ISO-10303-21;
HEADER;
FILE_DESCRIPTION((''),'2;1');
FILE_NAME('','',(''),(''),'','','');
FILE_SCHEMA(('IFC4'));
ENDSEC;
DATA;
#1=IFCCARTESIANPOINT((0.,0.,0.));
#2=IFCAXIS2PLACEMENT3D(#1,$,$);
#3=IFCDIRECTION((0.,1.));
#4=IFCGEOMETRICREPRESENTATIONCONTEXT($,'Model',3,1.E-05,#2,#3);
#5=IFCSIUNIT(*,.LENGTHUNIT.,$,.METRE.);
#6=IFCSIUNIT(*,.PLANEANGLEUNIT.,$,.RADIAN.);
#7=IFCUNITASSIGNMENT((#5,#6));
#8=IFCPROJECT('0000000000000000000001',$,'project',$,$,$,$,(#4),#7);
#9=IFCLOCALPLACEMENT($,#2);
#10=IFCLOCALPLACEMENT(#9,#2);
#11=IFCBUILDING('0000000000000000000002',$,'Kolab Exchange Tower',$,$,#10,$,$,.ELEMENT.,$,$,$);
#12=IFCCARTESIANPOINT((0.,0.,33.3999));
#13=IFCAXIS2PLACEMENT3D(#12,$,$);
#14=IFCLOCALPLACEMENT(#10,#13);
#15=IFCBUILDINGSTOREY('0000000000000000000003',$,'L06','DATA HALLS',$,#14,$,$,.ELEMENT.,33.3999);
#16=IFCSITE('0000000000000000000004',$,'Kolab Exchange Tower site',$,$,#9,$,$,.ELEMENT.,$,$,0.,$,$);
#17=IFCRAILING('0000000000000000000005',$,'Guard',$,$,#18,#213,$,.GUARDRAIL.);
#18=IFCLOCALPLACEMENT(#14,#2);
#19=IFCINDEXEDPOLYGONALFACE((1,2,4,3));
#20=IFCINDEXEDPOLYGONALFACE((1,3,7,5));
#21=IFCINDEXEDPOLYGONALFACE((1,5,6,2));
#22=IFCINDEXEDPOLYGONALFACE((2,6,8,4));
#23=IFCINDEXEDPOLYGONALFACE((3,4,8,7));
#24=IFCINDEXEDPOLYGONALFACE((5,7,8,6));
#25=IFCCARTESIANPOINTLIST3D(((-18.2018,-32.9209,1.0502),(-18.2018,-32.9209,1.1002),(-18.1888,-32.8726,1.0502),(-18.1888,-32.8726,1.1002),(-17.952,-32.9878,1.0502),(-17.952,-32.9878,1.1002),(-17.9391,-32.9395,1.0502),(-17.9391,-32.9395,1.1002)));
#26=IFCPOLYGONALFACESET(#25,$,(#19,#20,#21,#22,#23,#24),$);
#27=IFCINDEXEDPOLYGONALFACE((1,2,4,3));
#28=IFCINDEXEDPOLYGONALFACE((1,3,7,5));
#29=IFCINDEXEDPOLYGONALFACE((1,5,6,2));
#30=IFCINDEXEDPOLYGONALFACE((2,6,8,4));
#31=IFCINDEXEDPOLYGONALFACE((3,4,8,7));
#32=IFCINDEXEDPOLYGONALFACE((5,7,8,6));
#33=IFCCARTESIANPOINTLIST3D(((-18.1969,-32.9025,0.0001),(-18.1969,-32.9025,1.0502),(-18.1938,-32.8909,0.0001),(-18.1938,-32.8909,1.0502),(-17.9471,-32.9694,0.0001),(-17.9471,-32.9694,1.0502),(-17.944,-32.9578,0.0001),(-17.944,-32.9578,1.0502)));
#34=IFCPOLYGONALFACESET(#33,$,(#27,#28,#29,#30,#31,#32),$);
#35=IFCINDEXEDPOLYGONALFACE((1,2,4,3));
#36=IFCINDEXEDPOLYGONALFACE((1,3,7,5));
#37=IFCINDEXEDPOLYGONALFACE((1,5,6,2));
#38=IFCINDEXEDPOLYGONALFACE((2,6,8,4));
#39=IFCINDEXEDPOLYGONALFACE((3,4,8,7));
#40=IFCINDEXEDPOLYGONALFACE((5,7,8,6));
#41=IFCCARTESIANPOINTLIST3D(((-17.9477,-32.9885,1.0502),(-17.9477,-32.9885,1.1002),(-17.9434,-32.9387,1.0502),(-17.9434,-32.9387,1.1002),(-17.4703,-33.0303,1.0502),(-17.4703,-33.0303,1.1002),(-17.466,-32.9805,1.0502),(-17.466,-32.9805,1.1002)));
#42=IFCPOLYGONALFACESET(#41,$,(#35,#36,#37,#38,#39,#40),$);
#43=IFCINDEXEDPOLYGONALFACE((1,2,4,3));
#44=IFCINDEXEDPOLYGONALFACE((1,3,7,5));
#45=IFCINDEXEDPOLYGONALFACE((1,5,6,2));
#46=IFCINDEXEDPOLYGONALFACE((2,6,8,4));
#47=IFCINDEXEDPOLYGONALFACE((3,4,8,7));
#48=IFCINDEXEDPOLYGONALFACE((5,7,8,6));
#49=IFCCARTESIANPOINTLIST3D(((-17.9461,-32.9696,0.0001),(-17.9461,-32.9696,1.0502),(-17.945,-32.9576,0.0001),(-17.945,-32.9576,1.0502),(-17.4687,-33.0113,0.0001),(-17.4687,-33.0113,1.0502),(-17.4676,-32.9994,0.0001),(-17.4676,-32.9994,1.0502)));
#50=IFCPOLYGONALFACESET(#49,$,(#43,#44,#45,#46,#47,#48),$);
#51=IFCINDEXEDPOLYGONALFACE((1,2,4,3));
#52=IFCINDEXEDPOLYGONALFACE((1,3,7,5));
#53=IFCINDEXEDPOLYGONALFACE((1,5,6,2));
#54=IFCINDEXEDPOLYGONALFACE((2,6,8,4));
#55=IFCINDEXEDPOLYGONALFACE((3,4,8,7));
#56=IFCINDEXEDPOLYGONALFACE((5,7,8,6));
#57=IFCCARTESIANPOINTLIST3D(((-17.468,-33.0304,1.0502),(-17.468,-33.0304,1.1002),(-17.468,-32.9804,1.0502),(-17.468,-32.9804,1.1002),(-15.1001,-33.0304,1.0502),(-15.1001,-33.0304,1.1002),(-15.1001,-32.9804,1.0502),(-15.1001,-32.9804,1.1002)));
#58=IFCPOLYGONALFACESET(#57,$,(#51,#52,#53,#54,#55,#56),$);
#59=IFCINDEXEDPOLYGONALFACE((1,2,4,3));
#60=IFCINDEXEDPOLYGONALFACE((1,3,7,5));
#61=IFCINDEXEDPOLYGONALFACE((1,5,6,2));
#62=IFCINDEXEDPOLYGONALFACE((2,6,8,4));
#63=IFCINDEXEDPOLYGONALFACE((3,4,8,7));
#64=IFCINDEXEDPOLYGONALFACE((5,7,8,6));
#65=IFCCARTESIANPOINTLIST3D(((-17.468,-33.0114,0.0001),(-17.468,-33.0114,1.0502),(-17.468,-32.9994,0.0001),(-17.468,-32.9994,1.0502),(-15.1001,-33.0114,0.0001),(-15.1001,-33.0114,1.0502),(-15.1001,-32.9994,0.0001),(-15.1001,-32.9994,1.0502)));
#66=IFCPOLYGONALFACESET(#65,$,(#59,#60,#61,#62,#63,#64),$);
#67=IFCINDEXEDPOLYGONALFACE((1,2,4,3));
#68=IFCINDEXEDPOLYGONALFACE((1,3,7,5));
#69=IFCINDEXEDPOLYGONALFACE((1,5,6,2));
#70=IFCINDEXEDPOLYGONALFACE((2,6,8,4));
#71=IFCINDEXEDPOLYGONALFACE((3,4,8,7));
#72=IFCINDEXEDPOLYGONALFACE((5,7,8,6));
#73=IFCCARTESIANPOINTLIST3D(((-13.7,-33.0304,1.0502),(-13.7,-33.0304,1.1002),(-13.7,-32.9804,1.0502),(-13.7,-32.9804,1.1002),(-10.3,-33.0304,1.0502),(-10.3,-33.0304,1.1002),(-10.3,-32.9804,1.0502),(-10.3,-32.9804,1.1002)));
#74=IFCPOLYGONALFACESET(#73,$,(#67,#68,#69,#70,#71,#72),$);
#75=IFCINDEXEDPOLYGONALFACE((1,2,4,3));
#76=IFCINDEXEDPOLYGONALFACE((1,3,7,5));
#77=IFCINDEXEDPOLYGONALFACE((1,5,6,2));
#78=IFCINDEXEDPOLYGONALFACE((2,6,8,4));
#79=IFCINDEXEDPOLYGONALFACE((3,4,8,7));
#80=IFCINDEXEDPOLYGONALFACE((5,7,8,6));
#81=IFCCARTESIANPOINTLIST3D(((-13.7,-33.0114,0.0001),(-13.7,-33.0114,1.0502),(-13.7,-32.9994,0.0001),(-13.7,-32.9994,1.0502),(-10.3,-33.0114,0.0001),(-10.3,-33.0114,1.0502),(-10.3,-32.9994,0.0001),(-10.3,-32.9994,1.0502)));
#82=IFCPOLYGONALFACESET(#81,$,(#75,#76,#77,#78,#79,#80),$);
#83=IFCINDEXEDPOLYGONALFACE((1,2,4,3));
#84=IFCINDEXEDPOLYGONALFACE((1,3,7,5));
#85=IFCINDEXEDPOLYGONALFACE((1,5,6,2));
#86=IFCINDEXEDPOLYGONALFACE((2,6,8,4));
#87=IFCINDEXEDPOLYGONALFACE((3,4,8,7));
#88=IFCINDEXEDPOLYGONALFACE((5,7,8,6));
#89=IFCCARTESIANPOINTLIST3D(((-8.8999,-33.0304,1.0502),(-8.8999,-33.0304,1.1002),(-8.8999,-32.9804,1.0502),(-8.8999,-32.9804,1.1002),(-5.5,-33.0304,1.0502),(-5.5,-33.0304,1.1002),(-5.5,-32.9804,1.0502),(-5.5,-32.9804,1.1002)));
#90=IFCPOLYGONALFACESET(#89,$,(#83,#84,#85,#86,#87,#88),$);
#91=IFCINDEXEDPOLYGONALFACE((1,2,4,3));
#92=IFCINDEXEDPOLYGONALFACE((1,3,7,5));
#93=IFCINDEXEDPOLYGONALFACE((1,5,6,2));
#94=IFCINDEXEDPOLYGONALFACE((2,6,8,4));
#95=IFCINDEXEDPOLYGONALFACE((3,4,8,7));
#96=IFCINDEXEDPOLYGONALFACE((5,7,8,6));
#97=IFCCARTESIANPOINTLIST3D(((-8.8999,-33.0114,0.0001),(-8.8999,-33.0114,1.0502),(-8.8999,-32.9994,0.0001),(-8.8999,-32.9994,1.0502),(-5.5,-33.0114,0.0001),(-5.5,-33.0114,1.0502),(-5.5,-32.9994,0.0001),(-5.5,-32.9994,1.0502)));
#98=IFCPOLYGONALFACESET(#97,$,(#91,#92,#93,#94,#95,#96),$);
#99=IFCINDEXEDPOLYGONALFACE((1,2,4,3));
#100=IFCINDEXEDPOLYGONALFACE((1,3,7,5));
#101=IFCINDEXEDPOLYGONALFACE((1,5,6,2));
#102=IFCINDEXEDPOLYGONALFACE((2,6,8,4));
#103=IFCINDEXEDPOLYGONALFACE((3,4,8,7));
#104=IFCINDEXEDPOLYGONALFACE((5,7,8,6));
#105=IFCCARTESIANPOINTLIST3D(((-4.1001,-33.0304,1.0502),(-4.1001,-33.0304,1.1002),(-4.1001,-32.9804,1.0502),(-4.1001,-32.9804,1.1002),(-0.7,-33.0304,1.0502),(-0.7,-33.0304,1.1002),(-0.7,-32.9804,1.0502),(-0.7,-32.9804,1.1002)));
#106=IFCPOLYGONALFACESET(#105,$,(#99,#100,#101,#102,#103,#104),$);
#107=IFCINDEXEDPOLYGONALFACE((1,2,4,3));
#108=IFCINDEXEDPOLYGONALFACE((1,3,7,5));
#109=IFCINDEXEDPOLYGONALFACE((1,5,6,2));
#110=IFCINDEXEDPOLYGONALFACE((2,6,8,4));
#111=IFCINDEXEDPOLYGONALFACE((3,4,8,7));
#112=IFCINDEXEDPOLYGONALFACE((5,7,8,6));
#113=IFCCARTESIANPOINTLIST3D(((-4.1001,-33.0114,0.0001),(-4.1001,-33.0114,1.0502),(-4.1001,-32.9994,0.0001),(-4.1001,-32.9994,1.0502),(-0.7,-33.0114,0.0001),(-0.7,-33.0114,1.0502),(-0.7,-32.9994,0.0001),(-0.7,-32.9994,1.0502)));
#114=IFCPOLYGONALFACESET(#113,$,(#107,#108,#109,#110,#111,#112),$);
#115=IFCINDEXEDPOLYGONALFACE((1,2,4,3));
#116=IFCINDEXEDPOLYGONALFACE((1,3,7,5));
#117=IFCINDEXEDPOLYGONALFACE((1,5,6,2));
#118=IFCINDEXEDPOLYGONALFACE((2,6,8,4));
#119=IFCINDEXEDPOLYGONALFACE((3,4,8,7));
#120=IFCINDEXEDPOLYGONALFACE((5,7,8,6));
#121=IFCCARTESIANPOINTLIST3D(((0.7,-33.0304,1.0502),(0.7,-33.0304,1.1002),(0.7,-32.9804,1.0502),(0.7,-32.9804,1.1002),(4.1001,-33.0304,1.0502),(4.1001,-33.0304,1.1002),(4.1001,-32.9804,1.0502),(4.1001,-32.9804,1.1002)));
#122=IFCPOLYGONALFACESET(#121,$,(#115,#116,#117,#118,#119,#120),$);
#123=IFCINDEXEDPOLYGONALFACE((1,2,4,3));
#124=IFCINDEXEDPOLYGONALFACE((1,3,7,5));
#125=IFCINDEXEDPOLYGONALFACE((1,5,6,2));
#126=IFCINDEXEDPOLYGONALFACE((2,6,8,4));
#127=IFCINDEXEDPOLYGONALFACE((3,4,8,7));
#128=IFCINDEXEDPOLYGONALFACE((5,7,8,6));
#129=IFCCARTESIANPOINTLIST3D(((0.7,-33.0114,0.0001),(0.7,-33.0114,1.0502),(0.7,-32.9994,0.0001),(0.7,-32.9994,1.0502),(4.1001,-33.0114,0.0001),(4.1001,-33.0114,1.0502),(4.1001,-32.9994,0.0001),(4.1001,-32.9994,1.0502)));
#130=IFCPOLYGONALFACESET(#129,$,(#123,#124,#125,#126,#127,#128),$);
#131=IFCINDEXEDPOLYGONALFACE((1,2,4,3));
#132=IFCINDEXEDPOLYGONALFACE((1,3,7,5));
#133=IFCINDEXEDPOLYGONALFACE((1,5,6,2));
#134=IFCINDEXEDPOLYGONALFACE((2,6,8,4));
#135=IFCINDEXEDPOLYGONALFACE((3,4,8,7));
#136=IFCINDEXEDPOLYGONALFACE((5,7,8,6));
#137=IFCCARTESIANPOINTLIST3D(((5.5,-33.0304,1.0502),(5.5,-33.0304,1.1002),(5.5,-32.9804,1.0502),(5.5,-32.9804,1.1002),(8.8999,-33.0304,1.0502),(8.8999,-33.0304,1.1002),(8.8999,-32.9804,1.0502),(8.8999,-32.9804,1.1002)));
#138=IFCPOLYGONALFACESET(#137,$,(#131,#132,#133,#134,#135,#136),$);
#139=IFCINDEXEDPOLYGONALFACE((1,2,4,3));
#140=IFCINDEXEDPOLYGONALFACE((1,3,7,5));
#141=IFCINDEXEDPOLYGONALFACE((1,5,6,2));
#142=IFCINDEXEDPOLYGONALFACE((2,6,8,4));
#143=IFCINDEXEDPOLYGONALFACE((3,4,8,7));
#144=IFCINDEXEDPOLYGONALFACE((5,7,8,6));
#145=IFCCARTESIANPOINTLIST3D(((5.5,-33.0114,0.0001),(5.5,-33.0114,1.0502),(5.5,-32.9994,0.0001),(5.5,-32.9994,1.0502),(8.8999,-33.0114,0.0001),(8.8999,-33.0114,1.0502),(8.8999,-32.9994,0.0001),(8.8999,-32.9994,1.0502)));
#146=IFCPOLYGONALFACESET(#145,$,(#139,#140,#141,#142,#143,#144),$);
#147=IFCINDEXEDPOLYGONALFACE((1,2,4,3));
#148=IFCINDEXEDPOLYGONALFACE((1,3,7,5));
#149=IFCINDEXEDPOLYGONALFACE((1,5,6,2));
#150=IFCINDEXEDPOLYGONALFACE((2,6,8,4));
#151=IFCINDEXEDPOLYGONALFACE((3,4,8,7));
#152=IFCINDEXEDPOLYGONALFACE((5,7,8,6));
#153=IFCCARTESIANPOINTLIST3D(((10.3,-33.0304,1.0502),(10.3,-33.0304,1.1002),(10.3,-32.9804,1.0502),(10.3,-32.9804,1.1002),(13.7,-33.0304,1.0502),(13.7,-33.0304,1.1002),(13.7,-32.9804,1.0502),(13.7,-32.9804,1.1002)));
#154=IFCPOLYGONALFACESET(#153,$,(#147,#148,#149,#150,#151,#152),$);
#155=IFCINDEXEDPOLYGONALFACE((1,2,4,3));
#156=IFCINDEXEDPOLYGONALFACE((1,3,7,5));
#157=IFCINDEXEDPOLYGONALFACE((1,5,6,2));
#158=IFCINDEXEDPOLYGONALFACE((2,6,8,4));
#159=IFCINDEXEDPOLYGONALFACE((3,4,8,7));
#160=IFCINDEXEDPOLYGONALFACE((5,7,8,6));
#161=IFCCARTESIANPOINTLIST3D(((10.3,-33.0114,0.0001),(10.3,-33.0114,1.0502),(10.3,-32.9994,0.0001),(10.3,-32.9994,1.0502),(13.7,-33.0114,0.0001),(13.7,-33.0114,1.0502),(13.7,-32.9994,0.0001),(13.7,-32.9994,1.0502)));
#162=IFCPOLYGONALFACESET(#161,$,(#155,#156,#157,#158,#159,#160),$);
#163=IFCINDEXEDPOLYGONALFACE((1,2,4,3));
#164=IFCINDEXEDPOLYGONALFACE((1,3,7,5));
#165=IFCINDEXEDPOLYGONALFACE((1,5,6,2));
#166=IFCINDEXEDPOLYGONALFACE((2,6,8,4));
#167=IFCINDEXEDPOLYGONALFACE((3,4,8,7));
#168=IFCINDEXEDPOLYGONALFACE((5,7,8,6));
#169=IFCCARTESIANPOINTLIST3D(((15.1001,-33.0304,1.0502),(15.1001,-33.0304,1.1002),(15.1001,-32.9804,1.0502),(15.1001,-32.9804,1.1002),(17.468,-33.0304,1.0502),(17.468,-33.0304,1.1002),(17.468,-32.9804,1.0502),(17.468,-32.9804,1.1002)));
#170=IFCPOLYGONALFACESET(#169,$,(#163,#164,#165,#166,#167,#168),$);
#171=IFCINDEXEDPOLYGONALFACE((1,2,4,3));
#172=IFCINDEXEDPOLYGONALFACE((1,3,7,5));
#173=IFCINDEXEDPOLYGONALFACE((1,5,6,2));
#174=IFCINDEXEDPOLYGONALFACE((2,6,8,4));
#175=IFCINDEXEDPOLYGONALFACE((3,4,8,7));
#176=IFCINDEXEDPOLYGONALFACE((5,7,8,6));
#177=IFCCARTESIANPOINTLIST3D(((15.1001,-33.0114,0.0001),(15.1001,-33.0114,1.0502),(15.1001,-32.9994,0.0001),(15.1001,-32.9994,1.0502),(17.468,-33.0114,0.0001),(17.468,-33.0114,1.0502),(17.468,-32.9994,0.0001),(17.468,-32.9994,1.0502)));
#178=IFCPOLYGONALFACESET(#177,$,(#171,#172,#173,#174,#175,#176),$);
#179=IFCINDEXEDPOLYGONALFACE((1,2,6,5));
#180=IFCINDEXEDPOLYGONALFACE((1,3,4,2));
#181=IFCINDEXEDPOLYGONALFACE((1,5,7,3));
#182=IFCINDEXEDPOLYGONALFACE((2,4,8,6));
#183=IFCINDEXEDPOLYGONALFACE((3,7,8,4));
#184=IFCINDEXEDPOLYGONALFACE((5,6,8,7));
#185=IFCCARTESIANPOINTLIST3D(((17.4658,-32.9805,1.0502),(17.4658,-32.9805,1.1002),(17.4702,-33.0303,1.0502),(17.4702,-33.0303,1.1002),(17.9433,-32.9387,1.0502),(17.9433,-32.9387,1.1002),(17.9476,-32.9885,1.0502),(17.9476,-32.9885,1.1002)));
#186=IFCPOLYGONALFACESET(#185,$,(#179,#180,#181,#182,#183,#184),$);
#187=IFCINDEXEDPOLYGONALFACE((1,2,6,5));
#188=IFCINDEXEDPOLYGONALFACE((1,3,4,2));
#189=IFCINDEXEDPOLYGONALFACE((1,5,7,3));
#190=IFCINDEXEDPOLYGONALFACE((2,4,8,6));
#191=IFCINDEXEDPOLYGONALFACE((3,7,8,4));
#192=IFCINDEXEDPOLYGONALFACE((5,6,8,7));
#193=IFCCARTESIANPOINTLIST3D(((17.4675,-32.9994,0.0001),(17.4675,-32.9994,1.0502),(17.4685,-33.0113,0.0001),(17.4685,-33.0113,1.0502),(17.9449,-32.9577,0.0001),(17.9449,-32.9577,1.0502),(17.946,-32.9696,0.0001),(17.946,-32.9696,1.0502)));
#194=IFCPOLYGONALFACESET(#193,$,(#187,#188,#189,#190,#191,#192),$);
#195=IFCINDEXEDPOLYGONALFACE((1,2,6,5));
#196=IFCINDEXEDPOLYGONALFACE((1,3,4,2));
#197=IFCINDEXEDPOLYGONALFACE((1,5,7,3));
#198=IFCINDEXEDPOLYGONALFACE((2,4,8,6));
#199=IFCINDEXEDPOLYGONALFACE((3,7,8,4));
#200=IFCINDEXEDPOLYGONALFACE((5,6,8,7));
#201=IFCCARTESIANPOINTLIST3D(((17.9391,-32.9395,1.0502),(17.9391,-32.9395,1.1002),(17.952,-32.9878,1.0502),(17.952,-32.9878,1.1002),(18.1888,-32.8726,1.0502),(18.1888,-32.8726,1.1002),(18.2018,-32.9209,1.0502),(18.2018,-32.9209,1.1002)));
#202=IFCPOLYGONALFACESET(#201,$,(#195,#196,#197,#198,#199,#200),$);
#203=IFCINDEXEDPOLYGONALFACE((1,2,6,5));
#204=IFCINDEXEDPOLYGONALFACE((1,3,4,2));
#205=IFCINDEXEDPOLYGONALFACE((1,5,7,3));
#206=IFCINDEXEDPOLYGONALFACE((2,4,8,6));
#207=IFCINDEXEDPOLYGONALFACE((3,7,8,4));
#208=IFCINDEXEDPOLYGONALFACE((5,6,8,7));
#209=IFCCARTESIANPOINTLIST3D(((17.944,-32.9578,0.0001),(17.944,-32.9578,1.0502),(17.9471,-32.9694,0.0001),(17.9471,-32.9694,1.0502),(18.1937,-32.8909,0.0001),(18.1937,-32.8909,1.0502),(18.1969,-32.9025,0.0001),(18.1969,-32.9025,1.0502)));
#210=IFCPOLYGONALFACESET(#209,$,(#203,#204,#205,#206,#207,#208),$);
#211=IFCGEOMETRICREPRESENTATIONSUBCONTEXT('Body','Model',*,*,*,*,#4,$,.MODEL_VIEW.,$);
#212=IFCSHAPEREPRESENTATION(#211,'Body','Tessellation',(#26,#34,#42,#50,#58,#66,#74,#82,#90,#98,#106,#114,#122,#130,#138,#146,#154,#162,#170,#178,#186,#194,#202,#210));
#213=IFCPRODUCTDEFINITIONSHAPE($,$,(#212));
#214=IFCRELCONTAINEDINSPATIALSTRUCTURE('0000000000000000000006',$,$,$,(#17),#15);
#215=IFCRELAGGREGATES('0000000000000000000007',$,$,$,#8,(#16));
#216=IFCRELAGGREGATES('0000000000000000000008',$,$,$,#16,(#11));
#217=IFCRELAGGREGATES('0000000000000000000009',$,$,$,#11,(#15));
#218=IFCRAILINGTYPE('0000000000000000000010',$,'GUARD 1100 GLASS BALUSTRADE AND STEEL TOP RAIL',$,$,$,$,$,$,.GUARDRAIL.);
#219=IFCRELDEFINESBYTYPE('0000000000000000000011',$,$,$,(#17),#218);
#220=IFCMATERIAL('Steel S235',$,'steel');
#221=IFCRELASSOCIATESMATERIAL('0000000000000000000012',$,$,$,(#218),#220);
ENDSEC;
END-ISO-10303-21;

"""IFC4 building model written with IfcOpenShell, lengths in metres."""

from ifc_helpers import new_model, si_unit, direction, frame, frame_2d, origin, origin_2d, place, context, subcontext, project, spatial, rectangle, extrude, material, type_object, element, save


model = new_model("IFC4")

# Units and contexts
model_context = context("Model", 3, precision=1e-05, world=origin(), true_north=direction((0.0, 1.0)))
body_context = subcontext(model_context, "Body", "Model", "MODEL_VIEW")
ifc_project = project(units=[si_unit("LENGTHUNIT", "METRE"), si_unit("PLANEANGLEUNIT", "RADIAN")], contexts=[model_context])

# Site, building, storey
site_placement = place(None, origin())
site = spatial("IfcSite", under=ifc_project, at=site_placement, Name="Kolab Exchange Tower site", CompositionType="ELEMENT", RefElevation=0.0)
building_placement = place(site_placement, origin())
building = spatial("IfcBuilding", under=site, at=building_placement, Name="Kolab Exchange Tower", CompositionType="ELEMENT")
storey_placement = place(building_placement, frame((0.0, 0.0, 33.3999)))
storey = spatial("IfcBuildingStorey", under=building, at=storey_placement, Name="L06", Description="DATA HALLS", CompositionType="ELEMENT", Elevation=33.3999)

# Railing
ifc_material_1 = material(Name="Steel S235", Category="steel")
railing_type = type_object("IfcRailingType", Name="GUARD 1100 GLASS BALUSTRADE AND STEEL TOP RAIL", PredefinedType="GUARDRAIL", material=ifc_material_1)
railing_placement = place(storey_placement, frame((-18.1953, -32.8967, 0.0)))
element("IfcRailing", 1, at=railing_placement, inside=storey, type_object=railing_type, Name="Guard", PredefinedType="GUARDRAIL", context=body_context, shape_type="SweptSolid", body=[
    extrude(rectangle(XDim=0.05, YDim=0.05, at=origin_2d()), frame((0.0, 0.0, 1.0752), z_axis=(0.965952, -0.25872, 0.0), x_axis=(0.25872, 0.965952, 0.0)), (0.0, 0.0, 1.0), 0.2585),
    extrude(rectangle(XDim=0.012, YDim=1.0501, at=frame_2d((0.0, 0.5251))), frame((0.0, 0.0, 0.0), z_axis=(0.965952, -0.25872, 0.0), x_axis=(0.25872, 0.965952, 0.0)), (0.0, 0.0, 1.0), 0.2585),
    extrude(rectangle(XDim=0.05, YDim=0.05, at=origin_2d()), frame((0.2498, -0.0669, 1.0752), z_axis=(0.9962, -0.087091, 0.0), x_axis=(0.087091, 0.9962, 0.0)), (0.0, 0.0, 1.0), 0.4792),
    extrude(rectangle(XDim=0.012, YDim=1.0501, at=frame_2d((0.0, 0.5251))), frame((0.2498, -0.0669, 0.0), z_axis=(0.9962, -0.087091, 0.0), x_axis=(0.087091, 0.9962, 0.0)), (0.0, 0.0, 1.0), 0.4792),
    extrude(rectangle(XDim=0.05, YDim=0.05, at=origin_2d()), frame((0.7273, -0.1086, 1.0752), z_axis=(1.0, 0.0, 0.0), x_axis=(0.0, 1.0, 0.0)), (0.0, 0.0, 1.0), 2.3679),
    extrude(rectangle(XDim=0.012, YDim=1.0501, at=frame_2d((0.0, 0.5251))), frame((0.7273, -0.1086, 0.0), z_axis=(1.0, 0.0, 0.0), x_axis=(0.0, 1.0, 0.0)), (0.0, 0.0, 1.0), 2.3679),
    extrude(rectangle(XDim=0.05, YDim=0.05, at=origin_2d()), frame((4.4954, -0.1086, 1.0752), z_axis=(1.0, 0.0, 0.0), x_axis=(0.0, 1.0, 0.0)), (0.0, 0.0, 1.0), 3.3999),
    extrude(rectangle(XDim=0.012, YDim=1.0501, at=frame_2d((0.0, 0.5251))), frame((4.4954, -0.1086, 0.0), z_axis=(1.0, 0.0, 0.0), x_axis=(0.0, 1.0, 0.0)), (0.0, 0.0, 1.0), 3.3999),
    extrude(rectangle(XDim=0.05, YDim=0.05, at=origin_2d()), frame((9.2954, -0.1086, 1.0752), z_axis=(1.0, 0.0, 0.0), x_axis=(0.0, 1.0, 0.0)), (0.0, 0.0, 1.0), 3.3999),
    extrude(rectangle(XDim=0.012, YDim=1.0501, at=frame_2d((0.0, 0.5251))), frame((9.2954, -0.1086, 0.0), z_axis=(1.0, 0.0, 0.0), x_axis=(0.0, 1.0, 0.0)), (0.0, 0.0, 1.0), 3.3999),
    extrude(rectangle(XDim=0.05, YDim=0.05, at=origin_2d()), frame((14.0952, -0.1086, 1.0752), z_axis=(1.0, 0.0, 0.0), x_axis=(0.0, 1.0, 0.0)), (0.0, 0.0, 1.0), 3.4001),
    extrude(rectangle(XDim=0.012, YDim=1.0501, at=frame_2d((0.0, 0.5251))), frame((14.0952, -0.1086, 0.0), z_axis=(1.0, 0.0, 0.0), x_axis=(0.0, 1.0, 0.0)), (0.0, 0.0, 1.0), 3.4001),
    extrude(rectangle(XDim=0.05, YDim=0.05, at=origin_2d()), frame((18.8953, -0.1086, 1.0752), z_axis=(1.0, 0.0, 0.0), x_axis=(0.0, 1.0, 0.0)), (0.0, 0.0, 1.0), 3.4001),
    extrude(rectangle(XDim=0.012, YDim=1.0501, at=frame_2d((0.0, 0.5251))), frame((18.8953, -0.1086, 0.0), z_axis=(1.0, 0.0, 0.0), x_axis=(0.0, 1.0, 0.0)), (0.0, 0.0, 1.0), 3.4001),
    extrude(rectangle(XDim=0.05, YDim=0.05, at=origin_2d()), frame((23.6953, -0.1086, 1.0752), z_axis=(1.0, 0.0, 0.0), x_axis=(0.0, 1.0, 0.0)), (0.0, 0.0, 1.0), 3.3999),
    extrude(rectangle(XDim=0.012, YDim=1.0501, at=frame_2d((0.0, 0.5251))), frame((23.6953, -0.1086, 0.0), z_axis=(1.0, 0.0, 0.0), x_axis=(0.0, 1.0, 0.0)), (0.0, 0.0, 1.0), 3.3999),
    extrude(rectangle(XDim=0.05, YDim=0.05, at=origin_2d()), frame((28.4954, -0.1086, 1.0752), z_axis=(1.0, 0.0, 0.0), x_axis=(0.0, 1.0, 0.0)), (0.0, 0.0, 1.0), 3.3999),
    extrude(rectangle(XDim=0.012, YDim=1.0501, at=frame_2d((0.0, 0.5251))), frame((28.4954, -0.1086, 0.0), z_axis=(1.0, 0.0, 0.0), x_axis=(0.0, 1.0, 0.0)), (0.0, 0.0, 1.0), 3.3999),
    extrude(rectangle(XDim=0.05, YDim=0.05, at=origin_2d()), frame((33.2954, -0.1086, 1.0752), z_axis=(1.0, 0.0, 0.0), x_axis=(0.0, 1.0, 0.0)), (0.0, 0.0, 1.0), 2.3679),
    extrude(rectangle(XDim=0.012, YDim=1.0501, at=frame_2d((0.0, 0.5251))), frame((33.2954, -0.1086, 0.0), z_axis=(1.0, 0.0, 0.0), x_axis=(0.0, 1.0, 0.0)), (0.0, 0.0, 1.0), 2.3679),
    extrude(rectangle(XDim=0.05, YDim=0.05, at=origin_2d()), frame((35.6633, -0.1086, 1.0752), z_axis=(0.9962, 0.087091, 0.0), x_axis=(-0.087091, 0.9962, 0.0)), (0.0, 0.0, 1.0), 0.4792),
    extrude(rectangle(XDim=0.012, YDim=1.0501, at=frame_2d((0.0, 0.5251))), frame((35.6633, -0.1086, 0.0), z_axis=(0.9962, 0.087091, 0.0), x_axis=(-0.087091, 0.9962, 0.0)), (0.0, 0.0, 1.0), 0.4792),
    extrude(rectangle(XDim=0.05, YDim=0.05, at=origin_2d()), frame((36.1409, -0.0669, 1.0752), z_axis=(0.965952, 0.25872, 0.0), x_axis=(-0.25872, 0.965952, 0.0)), (0.0, 0.0, 1.0), 0.2585),
    extrude(rectangle(XDim=0.012, YDim=1.0501, at=frame_2d((0.0, 0.5251))), frame((36.1409, -0.0669, 0.0), z_axis=(0.965952, 0.25872, 0.0), x_axis=(-0.25872, 0.965952, 0.0)), (0.0, 0.0, 1.0), 0.2585),
])

save(model, "model.ifc")
